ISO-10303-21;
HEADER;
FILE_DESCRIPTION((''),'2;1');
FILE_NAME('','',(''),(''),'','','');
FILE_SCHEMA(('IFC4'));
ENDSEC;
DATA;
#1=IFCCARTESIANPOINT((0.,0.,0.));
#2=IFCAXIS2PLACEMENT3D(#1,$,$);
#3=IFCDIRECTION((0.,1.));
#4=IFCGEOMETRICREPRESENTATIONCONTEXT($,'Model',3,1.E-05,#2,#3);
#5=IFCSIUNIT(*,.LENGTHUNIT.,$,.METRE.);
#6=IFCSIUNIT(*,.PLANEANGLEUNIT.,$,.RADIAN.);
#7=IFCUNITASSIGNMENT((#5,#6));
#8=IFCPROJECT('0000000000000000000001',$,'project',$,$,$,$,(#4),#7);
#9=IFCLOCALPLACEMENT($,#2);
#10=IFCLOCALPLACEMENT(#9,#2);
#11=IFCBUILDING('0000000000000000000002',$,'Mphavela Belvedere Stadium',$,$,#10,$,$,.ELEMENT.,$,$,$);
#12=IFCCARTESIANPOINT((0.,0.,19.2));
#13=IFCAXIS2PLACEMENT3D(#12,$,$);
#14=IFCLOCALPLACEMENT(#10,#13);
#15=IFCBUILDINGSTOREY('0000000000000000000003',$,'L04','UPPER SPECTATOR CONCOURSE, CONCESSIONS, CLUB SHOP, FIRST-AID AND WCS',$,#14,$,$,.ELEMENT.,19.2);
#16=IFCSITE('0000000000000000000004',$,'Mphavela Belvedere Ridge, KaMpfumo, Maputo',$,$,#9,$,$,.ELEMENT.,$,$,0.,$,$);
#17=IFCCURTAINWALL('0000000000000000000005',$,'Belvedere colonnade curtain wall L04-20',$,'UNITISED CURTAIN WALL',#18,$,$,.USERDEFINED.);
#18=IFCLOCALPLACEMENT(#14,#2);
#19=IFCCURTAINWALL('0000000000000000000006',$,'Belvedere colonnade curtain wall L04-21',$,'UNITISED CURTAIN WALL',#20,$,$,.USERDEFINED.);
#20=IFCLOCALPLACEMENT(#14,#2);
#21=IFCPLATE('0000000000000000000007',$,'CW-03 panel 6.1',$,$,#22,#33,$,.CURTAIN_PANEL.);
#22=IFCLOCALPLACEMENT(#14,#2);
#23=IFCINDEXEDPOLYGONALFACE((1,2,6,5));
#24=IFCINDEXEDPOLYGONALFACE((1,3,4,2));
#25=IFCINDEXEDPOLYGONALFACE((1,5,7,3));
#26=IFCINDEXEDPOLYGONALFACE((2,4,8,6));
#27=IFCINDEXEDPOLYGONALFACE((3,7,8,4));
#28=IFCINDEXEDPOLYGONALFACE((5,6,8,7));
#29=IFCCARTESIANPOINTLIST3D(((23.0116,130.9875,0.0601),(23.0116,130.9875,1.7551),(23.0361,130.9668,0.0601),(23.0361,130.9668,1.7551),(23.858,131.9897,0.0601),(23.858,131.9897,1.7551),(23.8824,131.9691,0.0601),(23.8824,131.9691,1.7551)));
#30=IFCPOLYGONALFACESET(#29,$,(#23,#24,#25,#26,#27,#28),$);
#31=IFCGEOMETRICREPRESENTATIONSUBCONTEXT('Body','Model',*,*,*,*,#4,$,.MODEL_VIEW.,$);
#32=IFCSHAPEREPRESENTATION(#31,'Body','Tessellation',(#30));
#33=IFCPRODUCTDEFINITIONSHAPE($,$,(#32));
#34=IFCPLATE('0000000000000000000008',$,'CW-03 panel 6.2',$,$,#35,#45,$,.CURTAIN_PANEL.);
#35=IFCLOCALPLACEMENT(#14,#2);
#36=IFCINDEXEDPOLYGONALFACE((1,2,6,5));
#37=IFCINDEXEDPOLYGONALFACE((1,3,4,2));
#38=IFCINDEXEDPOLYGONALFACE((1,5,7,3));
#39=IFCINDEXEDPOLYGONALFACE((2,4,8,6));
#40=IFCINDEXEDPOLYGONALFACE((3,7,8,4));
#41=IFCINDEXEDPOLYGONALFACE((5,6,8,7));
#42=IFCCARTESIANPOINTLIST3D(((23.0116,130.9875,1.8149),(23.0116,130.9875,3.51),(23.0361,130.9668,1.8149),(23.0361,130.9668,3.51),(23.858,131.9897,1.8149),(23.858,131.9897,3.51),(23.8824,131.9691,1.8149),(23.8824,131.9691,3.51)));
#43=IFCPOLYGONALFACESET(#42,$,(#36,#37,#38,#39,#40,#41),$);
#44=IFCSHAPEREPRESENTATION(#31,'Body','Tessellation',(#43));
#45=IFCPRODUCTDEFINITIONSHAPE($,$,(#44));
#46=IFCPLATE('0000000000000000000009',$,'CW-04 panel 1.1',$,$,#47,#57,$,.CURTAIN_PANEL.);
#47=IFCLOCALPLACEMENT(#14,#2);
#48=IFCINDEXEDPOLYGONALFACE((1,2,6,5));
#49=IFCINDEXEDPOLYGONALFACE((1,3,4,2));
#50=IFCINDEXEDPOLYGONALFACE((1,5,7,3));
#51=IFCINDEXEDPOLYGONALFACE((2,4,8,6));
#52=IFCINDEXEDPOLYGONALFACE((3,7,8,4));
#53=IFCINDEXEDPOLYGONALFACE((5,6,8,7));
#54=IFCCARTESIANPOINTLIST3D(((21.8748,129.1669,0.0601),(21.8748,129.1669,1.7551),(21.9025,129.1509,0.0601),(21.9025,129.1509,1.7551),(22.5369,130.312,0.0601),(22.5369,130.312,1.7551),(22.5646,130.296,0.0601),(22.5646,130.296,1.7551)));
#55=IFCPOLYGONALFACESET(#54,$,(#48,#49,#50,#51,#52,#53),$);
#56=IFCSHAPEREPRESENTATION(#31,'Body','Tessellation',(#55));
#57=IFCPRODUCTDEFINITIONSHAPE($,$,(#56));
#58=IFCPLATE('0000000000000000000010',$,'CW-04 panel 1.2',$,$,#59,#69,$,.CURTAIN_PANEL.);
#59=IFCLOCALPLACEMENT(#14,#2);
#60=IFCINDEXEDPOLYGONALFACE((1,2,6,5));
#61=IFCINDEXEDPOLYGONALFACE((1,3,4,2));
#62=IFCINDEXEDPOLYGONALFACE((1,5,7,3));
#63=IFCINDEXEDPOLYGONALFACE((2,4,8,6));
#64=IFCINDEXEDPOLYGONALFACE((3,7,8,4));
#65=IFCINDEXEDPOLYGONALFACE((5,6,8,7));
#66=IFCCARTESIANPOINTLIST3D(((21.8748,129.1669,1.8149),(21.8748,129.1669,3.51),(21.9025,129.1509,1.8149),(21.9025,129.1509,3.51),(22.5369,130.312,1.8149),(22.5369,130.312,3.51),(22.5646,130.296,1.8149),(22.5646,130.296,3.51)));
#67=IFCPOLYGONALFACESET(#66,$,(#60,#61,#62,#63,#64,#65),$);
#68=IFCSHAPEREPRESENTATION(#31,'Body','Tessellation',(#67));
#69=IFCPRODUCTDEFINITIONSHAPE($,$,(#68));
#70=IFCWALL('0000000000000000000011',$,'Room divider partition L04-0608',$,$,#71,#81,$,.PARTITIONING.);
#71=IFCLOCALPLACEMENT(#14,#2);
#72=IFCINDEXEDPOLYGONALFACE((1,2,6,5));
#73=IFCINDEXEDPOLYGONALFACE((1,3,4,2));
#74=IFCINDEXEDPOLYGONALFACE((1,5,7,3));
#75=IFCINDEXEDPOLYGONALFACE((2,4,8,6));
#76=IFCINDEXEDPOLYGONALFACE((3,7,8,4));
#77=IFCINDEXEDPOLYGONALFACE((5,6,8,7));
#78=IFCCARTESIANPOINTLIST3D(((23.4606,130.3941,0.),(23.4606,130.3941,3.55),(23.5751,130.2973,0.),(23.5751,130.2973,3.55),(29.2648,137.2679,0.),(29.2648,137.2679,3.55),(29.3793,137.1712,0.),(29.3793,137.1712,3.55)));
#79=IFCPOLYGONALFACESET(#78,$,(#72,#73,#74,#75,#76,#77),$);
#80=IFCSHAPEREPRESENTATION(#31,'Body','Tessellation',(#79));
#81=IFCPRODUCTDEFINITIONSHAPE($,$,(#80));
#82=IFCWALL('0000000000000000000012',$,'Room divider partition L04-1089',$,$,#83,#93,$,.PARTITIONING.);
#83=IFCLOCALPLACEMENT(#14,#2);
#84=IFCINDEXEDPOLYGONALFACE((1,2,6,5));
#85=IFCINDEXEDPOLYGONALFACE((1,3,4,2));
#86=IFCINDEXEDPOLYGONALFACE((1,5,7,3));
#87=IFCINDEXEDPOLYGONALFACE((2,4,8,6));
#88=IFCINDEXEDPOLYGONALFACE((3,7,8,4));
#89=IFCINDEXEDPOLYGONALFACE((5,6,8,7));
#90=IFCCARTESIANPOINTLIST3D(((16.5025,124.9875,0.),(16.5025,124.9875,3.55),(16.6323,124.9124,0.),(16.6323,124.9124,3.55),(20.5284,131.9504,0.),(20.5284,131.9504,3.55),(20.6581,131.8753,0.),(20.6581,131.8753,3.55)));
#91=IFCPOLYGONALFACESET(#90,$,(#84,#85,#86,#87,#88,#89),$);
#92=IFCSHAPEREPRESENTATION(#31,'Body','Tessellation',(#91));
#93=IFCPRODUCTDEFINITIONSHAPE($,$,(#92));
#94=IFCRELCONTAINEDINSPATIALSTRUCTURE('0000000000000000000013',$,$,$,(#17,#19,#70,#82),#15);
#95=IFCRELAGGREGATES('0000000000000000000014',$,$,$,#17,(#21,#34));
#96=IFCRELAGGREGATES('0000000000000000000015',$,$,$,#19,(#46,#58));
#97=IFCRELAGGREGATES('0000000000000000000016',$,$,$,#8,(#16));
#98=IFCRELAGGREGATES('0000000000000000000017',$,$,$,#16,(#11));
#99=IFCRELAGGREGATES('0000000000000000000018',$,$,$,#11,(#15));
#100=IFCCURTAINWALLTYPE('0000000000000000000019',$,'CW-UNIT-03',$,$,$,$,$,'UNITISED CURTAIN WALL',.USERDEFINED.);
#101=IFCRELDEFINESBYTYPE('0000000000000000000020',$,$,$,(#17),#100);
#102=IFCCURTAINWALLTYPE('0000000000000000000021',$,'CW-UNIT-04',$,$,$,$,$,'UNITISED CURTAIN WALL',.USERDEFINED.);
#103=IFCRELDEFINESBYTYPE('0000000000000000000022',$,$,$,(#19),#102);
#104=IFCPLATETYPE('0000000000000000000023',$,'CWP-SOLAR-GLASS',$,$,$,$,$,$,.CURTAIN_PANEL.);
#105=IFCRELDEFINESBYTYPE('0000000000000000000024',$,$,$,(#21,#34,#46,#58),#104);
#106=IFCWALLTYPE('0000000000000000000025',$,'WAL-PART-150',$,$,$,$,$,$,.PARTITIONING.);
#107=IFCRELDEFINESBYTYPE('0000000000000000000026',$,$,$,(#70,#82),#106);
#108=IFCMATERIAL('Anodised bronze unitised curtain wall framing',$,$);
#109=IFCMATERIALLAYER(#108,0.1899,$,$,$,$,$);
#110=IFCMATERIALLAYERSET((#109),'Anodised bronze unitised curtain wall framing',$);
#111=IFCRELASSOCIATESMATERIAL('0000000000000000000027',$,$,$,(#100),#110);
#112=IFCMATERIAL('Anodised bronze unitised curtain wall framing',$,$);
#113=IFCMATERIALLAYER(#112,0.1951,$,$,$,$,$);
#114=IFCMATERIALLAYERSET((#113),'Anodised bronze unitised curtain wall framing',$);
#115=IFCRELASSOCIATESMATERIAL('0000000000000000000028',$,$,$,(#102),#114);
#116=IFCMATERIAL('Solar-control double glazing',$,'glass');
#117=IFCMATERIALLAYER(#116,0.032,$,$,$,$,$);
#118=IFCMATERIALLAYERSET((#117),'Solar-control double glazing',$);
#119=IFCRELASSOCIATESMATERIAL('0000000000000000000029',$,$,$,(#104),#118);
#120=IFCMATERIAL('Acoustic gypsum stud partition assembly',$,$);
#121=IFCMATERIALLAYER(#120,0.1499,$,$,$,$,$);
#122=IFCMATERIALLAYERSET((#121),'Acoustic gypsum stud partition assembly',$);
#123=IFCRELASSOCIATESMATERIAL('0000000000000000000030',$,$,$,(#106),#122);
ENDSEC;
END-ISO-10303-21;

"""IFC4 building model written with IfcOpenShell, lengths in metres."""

from ifc_helpers import new_model, si_unit, direction, frame, frame_2d, origin, origin_2d, place, context, subcontext, project, spatial, rectangle, extrude, material, layer, layer_set, type_object, element, aggregate, save


model = new_model("IFC4")

# Units and contexts
model_context = context("Model", 3, precision=1e-05, world=origin(), true_north=direction((0.0, 1.0)))
body_context = subcontext(model_context, "Body", "Model", "MODEL_VIEW")
ifc_project = project(units=[si_unit("LENGTHUNIT", "METRE"), si_unit("PLANEANGLEUNIT", "RADIAN")], contexts=[model_context])

# Site, building, storey
site_placement = place(None, origin())
site = spatial("IfcSite", under=ifc_project, at=site_placement, Name="Mphavela Belvedere Ridge, KaMpfumo, Maputo", CompositionType="ELEMENT", RefElevation=0.0)
building_placement = place(site_placement, origin())
building = spatial("IfcBuilding", under=site, at=building_placement, Name="Mphavela Belvedere Stadium", CompositionType="ELEMENT")
storey_placement = place(building_placement, frame((0.0, 0.0, 19.2)))
storey = spatial("IfcBuildingStorey", under=building, at=storey_placement, Name="L04", Description="UPPER SPECTATOR CONCOURSE, CONCESSIONS, CLUB SHOP, FIRST-AID AND WCS", CompositionType="ELEMENT", Elevation=19.2)

# Curtain walls
ifc_material_1 = material(Name="Anodised bronze unitised curtain wall framing")
ifc_layer_1 = layer(ifc_material_1, 0.1899)
ifc_layer_set_1 = layer_set([ifc_layer_1], Name="Anodised bronze unitised curtain wall framing")
curtain_wall_type_1 = type_object("IfcCurtainWallType", Name="CW-UNIT-03", ElementType="UNITISED CURTAIN WALL", PredefinedType="USERDEFINED", material=ifc_layer_set_1)
curtain_wall_1_placement = place(storey_placement, origin())
curtain_wall_1 = element("IfcCurtainWall", 1, at=curtain_wall_1_placement, inside=storey, type_object=curtain_wall_type_1, Name="Belvedere colonnade curtain wall L04-20", ObjectType="UNITISED CURTAIN WALL", PredefinedType="USERDEFINED")
ifc_material_2 = material(Name="Anodised bronze unitised curtain wall framing")
ifc_layer_2 = layer(ifc_material_2, 0.1951)
ifc_layer_set_2 = layer_set([ifc_layer_2], Name="Anodised bronze unitised curtain wall framing")
curtain_wall_type_2 = type_object("IfcCurtainWallType", Name="CW-UNIT-04", ElementType="UNITISED CURTAIN WALL", PredefinedType="USERDEFINED", material=ifc_layer_set_2)
curtain_wall_2_placement = place(storey_placement, origin())
curtain_wall_2 = element("IfcCurtainWall", 2, at=curtain_wall_2_placement, inside=storey, type_object=curtain_wall_type_2, Name="Belvedere colonnade curtain wall L04-21", ObjectType="UNITISED CURTAIN WALL", PredefinedType="USERDEFINED")

# Plates
ifc_material_3 = material(Name="Solar-control double glazing", Category="glass")
ifc_layer_3 = layer(ifc_material_3, 0.032)
ifc_layer_set_3 = layer_set([ifc_layer_3], Name="Solar-control double glazing")
plate_type = type_object("IfcPlateType", Name="CWP-SOLAR-GLASS", PredefinedType="CURTAIN_PANEL", material=ifc_layer_set_3)
plate_1_placement = place(storey_placement, frame((23.447, 131.4783, 0.0601), z_axis=(0.0, 0.0, 1.0), x_axis=(-0.645175, -0.764035, 0.0)))
plate_1 = element("IfcPlate", 3, at=plate_1_placement, type_object=plate_type, Name="CW-03 panel 6.1", PredefinedType="CURTAIN_PANEL", context=body_context, shape_type="SweptSolid", body=[
    extrude(rectangle(XDim=1.3118, YDim=0.032, at=origin_2d()), origin(), (0.0, 0.0, 1.0), 1.6951),
])
plate_2_placement = place(storey_placement, frame((23.447, 131.4783, 1.8149), z_axis=(0.0, 0.0, 1.0), x_axis=(-0.645175, -0.764035, 0.0)))
plate_2 = element("IfcPlate", 4, at=plate_2_placement, type_object=plate_type, Name="CW-03 panel 6.2", PredefinedType="CURTAIN_PANEL", context=body_context, shape_type="SweptSolid", body=[
    extrude(rectangle(XDim=1.3118, YDim=0.032, at=origin_2d()), origin(), (0.0, 0.0, 1.0), 1.6951),
])
aggregate(curtain_wall_1, [plate_1, plate_2])
plate_3_placement = place(storey_placement, frame((22.2197, 129.7314, 0.0601), z_axis=(0.0, 0.0, 1.0), x_axis=(-0.500556, -0.865704, 0.0)))
plate_3 = element("IfcPlate", 5, at=plate_3_placement, type_object=plate_type, Name="CW-04 panel 1.1", PredefinedType="CURTAIN_PANEL", context=body_context, shape_type="SweptSolid", body=[
    extrude(rectangle(XDim=1.3228, YDim=0.032, at=origin_2d()), origin(), (0.0, 0.0, 1.0), 1.6951),
])
plate_4_placement = place(storey_placement, frame((22.2197, 129.7314, 1.8149), z_axis=(0.0, 0.0, 1.0), x_axis=(-0.500556, -0.865704, 0.0)))
plate_4 = element("IfcPlate", 6, at=plate_4_placement, type_object=plate_type, Name="CW-04 panel 1.2", PredefinedType="CURTAIN_PANEL", context=body_context, shape_type="SweptSolid", body=[
    extrude(rectangle(XDim=1.3228, YDim=0.032, at=origin_2d()), origin(), (0.0, 0.0, 1.0), 1.6951),
])
aggregate(curtain_wall_2, [plate_3, plate_4])

# Walls
ifc_material_4 = material(Name="Acoustic gypsum stud partition assembly")
ifc_layer_4 = layer(ifc_material_4, 0.1499)
ifc_layer_set_4 = layer_set([ifc_layer_4], Name="Acoustic gypsum stud partition assembly")
wall_type = type_object("IfcWallType", Name="WAL-PART-150", PredefinedType="PARTITIONING", material=ifc_layer_set_4)
wall_1_placement = place(storey_placement, frame((23.5178, 130.3457, 0.0), z_axis=(0.0, 0.0, 1.0), x_axis=(0.64516, 0.764048, 0.0)))
element("IfcWall", 7, at=wall_1_placement, inside=storey, type_object=wall_type, Name="Room divider partition L04-0608", PredefinedType="PARTITIONING", context=body_context, shape_type="SweptSolid", body=[
    extrude(rectangle(XDim=8.9966, YDim=0.1499, at=frame_2d((4.4983, 0.0))), origin(), (0.0, 0.0, 1.0), 3.55),
])
wall_2_placement = place(storey_placement, frame((20.5933, 131.9128, 0.0), z_axis=(0.0, 0.0, 1.0), x_axis=(-0.500546, -0.86571, 0.0)))
element("IfcWall", 8, at=wall_2_placement, inside=storey, type_object=wall_type, Name="Room divider partition L04-1089", PredefinedType="PARTITIONING", context=body_context, shape_type="SweptSolid", body=[
    extrude(rectangle(XDim=8.043, YDim=0.1499, at=frame_2d((4.0215, 0.0))), origin(), (0.0, 0.0, 1.0), 3.55),
])

save(model, "model.ifc")
